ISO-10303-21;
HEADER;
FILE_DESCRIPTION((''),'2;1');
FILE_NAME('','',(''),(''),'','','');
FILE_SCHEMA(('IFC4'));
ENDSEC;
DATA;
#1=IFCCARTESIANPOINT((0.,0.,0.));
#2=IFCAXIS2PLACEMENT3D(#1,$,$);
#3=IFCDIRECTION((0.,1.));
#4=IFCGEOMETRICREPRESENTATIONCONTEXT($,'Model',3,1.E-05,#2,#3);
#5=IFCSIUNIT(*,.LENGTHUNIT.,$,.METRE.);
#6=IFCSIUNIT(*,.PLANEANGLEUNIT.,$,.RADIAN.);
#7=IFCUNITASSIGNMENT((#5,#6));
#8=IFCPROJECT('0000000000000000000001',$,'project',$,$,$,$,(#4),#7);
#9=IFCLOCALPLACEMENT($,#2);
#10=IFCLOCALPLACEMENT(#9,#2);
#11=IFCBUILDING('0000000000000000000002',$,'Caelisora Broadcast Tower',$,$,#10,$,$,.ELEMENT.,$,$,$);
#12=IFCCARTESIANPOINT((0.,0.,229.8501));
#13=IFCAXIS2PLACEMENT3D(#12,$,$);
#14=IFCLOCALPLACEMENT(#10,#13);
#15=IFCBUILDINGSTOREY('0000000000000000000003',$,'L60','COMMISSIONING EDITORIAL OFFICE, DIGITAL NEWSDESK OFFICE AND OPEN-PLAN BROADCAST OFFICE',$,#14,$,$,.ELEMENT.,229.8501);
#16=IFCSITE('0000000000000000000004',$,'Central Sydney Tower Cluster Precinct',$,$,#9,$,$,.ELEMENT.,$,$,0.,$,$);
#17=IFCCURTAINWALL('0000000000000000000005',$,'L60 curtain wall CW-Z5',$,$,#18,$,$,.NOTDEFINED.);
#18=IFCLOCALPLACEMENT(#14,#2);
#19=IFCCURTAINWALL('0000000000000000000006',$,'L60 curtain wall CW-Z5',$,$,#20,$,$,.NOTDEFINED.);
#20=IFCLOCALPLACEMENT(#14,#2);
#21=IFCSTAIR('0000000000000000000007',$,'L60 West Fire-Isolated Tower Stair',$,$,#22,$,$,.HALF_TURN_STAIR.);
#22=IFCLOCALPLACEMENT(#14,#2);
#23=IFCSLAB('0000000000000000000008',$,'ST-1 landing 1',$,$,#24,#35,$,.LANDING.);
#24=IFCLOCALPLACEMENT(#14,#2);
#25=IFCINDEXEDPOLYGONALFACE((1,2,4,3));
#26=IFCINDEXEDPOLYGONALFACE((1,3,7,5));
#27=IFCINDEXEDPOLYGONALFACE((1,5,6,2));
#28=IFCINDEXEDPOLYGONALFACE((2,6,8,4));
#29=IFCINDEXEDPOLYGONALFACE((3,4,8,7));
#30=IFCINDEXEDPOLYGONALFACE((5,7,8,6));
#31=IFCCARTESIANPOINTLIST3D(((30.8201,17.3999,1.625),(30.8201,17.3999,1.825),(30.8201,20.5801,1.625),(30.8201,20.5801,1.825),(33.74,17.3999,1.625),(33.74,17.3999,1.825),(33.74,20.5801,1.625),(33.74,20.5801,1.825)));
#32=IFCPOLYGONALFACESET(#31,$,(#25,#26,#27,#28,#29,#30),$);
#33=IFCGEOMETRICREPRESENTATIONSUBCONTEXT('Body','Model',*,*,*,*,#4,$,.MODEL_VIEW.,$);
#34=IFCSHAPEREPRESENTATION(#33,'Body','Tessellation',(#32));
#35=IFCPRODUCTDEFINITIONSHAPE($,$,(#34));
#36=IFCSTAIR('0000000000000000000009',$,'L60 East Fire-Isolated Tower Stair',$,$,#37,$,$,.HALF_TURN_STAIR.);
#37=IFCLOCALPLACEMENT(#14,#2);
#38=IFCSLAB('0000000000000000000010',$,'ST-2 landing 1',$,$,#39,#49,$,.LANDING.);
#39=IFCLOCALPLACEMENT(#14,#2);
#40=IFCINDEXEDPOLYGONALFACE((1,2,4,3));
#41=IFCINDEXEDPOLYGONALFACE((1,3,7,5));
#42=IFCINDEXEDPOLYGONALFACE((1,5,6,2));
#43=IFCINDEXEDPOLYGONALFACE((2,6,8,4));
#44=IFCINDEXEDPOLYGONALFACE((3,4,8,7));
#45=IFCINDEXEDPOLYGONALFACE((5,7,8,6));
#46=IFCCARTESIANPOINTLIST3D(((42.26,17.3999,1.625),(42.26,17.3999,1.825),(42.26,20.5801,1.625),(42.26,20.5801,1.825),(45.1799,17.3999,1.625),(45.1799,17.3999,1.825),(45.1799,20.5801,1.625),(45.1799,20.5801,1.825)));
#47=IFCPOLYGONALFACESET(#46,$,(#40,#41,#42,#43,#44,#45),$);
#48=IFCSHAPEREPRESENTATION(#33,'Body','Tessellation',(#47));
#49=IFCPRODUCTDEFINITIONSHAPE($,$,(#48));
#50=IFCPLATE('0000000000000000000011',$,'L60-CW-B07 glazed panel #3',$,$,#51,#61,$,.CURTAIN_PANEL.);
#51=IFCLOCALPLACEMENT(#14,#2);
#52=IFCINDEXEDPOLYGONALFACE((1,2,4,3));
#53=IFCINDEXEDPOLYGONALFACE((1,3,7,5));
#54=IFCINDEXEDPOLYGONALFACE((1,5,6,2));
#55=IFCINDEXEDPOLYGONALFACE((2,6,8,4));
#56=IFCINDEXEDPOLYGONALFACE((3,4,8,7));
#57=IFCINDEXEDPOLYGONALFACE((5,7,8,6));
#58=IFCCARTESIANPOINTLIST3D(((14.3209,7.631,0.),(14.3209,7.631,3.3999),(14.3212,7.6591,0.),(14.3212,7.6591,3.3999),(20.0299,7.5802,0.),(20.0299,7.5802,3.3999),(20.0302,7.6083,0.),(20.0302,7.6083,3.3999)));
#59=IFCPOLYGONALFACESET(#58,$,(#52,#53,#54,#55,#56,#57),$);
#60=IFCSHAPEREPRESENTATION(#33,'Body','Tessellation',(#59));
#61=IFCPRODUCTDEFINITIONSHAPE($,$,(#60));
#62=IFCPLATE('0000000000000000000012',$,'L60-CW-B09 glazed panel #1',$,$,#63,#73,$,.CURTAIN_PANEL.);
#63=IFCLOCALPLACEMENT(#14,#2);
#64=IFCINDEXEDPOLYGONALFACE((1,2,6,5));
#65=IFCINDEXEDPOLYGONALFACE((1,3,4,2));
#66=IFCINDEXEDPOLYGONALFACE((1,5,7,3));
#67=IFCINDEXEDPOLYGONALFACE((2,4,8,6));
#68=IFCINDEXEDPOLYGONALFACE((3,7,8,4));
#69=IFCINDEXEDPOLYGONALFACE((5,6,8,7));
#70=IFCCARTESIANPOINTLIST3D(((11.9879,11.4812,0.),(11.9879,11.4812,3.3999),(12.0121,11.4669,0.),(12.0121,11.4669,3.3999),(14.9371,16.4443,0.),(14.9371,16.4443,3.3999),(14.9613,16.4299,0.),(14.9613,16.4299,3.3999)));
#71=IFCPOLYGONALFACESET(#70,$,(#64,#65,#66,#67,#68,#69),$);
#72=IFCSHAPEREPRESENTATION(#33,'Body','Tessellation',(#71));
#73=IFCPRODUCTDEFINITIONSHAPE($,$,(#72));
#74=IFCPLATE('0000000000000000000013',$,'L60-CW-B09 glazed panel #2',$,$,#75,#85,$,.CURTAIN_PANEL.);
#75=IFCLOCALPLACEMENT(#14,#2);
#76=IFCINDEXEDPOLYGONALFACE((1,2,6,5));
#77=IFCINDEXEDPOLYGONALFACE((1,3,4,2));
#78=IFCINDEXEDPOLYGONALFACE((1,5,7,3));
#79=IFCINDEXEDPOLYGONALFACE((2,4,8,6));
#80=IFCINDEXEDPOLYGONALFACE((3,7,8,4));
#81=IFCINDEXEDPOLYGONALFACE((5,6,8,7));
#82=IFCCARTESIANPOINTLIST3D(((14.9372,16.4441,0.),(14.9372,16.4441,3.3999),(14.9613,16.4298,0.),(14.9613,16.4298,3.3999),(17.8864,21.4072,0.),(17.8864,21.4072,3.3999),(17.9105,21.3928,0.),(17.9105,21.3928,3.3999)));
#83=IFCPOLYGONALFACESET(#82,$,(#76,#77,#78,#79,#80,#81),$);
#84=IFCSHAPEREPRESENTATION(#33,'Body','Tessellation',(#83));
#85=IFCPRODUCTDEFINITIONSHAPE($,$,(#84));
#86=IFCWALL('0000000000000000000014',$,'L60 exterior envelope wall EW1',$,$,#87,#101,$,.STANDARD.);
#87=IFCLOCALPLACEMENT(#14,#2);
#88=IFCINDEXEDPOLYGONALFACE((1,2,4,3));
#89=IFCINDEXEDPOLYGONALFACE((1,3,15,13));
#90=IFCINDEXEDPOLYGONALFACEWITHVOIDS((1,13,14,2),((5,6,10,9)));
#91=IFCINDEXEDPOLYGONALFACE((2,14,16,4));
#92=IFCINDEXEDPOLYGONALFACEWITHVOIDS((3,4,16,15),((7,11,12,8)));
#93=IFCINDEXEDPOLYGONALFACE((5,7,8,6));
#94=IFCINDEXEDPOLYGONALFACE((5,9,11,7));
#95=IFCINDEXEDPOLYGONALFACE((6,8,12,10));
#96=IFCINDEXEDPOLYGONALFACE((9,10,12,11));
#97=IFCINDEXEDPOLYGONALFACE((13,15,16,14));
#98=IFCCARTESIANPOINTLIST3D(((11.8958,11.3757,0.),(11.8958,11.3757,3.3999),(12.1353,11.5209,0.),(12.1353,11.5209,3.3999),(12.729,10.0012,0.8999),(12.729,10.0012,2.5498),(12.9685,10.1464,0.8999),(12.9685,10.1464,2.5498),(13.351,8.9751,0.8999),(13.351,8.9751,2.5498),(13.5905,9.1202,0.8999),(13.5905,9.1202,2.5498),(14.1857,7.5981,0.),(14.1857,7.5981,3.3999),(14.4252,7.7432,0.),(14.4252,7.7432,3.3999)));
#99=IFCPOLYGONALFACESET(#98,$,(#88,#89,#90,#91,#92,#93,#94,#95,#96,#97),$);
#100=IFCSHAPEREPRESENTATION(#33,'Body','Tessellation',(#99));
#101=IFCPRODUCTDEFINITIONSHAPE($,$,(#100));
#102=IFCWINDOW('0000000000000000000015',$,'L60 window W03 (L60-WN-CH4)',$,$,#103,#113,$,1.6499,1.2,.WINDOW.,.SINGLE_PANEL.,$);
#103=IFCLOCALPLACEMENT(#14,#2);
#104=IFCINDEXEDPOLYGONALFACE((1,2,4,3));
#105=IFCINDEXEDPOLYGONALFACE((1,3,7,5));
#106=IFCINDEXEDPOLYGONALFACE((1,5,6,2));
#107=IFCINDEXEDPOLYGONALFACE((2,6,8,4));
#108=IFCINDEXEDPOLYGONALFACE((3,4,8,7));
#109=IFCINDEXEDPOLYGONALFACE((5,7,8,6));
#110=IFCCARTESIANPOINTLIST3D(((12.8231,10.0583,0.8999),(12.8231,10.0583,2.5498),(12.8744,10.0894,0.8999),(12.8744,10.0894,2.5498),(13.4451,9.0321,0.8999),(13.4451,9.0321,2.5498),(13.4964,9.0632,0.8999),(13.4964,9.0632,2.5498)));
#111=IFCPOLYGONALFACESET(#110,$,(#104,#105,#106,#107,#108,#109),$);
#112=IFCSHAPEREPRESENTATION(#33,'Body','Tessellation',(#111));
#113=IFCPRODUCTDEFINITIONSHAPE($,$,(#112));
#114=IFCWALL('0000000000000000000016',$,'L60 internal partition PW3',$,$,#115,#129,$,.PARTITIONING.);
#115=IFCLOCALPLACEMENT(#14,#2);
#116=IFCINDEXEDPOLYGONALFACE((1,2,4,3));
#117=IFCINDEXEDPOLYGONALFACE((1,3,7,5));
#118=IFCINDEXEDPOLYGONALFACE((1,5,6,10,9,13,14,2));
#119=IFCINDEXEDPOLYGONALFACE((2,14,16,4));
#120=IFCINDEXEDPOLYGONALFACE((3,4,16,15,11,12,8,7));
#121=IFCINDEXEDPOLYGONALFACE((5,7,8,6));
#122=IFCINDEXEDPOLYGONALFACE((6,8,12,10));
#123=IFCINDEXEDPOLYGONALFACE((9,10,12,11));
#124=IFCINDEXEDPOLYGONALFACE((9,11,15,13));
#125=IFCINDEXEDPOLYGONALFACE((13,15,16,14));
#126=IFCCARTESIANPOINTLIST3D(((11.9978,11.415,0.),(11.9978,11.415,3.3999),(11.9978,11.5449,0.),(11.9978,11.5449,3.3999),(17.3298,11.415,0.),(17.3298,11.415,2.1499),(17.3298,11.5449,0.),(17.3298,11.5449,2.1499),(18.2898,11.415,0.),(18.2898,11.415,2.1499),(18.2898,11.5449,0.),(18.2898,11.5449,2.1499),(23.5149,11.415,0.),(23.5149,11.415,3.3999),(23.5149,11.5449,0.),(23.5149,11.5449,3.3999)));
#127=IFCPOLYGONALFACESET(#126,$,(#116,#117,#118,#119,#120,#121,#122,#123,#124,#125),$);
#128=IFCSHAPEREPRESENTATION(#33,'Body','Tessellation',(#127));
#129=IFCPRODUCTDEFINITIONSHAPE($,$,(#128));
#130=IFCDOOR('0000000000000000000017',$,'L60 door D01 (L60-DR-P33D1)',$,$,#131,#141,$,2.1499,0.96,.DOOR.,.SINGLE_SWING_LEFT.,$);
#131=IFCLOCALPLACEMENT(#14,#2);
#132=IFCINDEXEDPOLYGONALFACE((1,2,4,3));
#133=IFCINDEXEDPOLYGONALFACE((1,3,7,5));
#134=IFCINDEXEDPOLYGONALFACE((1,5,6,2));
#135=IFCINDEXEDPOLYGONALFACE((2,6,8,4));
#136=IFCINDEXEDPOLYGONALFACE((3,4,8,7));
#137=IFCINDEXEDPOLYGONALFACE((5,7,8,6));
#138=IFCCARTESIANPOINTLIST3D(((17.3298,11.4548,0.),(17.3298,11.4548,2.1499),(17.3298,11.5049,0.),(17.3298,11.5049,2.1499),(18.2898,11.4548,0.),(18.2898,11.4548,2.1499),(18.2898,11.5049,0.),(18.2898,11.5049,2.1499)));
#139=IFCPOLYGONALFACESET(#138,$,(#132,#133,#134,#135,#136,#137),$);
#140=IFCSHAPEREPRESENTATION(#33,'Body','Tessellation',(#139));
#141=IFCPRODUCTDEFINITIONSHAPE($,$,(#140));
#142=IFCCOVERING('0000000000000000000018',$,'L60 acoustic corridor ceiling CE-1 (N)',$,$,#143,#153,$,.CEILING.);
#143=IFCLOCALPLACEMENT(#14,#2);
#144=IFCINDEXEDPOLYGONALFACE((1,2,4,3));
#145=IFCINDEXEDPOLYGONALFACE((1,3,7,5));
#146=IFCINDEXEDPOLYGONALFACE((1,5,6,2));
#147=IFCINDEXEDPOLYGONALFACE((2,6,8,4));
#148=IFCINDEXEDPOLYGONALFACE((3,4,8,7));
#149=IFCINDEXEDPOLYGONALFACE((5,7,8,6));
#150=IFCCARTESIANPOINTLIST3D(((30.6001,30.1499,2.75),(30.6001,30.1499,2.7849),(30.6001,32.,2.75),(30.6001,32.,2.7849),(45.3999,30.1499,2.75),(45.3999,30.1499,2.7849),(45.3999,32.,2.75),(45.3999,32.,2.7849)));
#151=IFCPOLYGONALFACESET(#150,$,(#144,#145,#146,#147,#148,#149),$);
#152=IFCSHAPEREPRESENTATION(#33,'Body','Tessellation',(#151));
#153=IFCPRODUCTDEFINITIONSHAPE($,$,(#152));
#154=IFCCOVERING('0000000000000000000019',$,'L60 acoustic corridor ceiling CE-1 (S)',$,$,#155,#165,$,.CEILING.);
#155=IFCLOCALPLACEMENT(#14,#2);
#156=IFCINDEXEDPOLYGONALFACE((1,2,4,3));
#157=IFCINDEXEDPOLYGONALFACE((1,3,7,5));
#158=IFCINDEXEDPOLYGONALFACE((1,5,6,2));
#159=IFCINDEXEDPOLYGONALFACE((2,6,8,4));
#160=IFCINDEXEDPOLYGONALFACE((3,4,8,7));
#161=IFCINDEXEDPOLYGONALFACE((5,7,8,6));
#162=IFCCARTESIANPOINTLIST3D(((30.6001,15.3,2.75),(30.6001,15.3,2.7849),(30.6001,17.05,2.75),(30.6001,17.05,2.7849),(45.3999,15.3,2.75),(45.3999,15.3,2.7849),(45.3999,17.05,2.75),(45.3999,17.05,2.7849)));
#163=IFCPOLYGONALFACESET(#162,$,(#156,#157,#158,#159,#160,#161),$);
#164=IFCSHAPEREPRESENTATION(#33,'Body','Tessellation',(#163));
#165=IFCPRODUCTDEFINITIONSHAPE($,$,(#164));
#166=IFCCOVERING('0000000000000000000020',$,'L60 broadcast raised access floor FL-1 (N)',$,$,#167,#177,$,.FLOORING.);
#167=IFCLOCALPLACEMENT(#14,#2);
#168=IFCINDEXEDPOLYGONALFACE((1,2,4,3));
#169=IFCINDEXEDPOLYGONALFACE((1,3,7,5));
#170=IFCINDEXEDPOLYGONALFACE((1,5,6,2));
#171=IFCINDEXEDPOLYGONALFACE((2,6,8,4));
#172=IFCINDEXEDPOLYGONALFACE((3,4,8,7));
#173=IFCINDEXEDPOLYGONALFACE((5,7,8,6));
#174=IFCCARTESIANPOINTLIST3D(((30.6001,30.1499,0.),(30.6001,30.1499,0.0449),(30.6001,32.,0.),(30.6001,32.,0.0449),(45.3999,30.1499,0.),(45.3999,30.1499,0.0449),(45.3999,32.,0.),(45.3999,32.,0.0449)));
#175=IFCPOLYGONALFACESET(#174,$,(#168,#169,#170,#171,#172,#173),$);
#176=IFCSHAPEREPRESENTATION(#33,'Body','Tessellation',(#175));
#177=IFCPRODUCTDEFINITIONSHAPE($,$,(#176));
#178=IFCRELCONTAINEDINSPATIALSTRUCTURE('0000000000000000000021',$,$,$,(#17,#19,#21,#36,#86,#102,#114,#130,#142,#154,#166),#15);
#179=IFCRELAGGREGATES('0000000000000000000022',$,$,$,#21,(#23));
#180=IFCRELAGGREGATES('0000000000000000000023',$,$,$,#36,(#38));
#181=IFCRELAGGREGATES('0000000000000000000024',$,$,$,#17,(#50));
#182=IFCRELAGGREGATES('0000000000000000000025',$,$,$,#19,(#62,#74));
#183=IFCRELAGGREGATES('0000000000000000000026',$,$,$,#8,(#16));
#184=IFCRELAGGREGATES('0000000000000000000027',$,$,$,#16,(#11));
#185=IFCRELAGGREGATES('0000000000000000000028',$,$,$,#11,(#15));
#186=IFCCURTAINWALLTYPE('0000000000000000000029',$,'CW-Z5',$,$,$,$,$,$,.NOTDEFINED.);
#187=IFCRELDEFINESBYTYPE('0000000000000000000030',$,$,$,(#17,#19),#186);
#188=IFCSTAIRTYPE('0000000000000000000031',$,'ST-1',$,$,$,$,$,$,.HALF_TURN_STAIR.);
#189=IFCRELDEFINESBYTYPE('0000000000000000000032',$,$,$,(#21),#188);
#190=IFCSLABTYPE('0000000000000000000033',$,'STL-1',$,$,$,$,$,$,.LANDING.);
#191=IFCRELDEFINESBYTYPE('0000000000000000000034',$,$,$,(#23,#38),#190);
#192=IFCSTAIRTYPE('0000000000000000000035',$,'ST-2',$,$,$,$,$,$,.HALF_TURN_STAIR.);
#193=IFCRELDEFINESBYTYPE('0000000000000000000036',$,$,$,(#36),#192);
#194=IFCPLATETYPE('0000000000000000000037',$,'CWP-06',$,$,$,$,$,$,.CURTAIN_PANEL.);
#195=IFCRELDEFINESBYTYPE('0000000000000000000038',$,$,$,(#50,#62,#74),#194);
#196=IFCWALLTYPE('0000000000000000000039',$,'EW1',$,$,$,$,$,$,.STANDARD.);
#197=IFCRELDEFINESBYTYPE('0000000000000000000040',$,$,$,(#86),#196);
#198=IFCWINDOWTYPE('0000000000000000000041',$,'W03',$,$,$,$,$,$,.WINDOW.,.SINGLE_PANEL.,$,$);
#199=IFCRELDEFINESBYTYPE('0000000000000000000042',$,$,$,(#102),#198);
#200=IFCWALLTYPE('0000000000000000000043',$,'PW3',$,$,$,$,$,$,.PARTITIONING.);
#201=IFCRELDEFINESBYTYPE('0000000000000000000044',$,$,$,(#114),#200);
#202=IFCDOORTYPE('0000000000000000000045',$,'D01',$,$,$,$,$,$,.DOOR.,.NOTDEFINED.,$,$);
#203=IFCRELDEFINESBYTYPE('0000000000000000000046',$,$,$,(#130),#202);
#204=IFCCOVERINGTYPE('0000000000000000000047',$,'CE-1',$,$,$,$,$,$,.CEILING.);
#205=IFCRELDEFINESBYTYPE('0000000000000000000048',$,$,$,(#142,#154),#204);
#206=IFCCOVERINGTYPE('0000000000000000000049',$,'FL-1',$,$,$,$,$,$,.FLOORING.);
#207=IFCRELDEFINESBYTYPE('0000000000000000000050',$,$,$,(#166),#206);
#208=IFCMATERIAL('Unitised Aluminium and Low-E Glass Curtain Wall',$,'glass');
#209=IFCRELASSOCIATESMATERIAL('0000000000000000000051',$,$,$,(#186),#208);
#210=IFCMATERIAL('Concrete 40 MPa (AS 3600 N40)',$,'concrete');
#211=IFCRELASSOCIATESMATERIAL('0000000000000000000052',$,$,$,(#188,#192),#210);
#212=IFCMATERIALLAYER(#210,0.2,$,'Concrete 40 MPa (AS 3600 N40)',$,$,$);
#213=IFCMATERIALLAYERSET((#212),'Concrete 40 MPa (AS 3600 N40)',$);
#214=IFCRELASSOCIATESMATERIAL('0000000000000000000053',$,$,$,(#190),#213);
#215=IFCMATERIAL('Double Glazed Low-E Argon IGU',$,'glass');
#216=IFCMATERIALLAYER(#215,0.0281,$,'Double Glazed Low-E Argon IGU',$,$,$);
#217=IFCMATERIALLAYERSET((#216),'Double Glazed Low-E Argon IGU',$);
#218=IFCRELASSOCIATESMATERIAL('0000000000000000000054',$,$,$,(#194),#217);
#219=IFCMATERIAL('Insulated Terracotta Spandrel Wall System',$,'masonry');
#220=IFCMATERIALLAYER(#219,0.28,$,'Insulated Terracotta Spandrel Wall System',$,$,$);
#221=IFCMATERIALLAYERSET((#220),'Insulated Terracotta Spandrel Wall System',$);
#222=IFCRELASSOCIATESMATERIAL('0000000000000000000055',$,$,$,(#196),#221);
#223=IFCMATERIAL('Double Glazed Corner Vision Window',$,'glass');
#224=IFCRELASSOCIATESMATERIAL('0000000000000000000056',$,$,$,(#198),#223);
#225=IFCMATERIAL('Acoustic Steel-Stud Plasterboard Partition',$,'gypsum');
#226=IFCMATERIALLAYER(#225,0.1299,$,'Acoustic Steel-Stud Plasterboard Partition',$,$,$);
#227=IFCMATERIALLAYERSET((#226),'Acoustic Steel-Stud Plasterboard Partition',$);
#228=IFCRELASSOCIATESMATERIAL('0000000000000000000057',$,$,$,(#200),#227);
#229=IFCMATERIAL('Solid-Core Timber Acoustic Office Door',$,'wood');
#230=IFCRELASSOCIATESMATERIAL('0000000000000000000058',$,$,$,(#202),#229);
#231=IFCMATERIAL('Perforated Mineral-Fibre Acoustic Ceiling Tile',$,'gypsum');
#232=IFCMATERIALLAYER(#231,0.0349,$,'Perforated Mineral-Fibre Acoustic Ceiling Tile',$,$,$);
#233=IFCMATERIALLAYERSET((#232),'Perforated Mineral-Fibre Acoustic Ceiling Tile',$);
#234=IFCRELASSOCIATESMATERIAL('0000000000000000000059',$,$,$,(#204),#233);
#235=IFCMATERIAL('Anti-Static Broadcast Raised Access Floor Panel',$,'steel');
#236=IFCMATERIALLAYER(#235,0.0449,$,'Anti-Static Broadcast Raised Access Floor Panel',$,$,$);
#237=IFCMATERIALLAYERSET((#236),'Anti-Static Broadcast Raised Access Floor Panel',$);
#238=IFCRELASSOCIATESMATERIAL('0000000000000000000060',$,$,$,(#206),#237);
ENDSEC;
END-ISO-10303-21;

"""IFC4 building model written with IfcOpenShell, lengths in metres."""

from ifc_helpers import new_model, si_unit, direction, frame, frame_2d, origin, origin_2d, place, context, subcontext, project, spatial, polyline, rectangle, outline, extrude, source, transform, mapped, material, layer, layer_set, type_object, type_shapes, element, fill, aggregate, save


model = new_model("IFC4")

# Units and contexts
model_context = context("Model", 3, precision=1e-05, world=origin(), true_north=direction((0.0, 1.0)))
body_context = subcontext(model_context, "Body", "Model", "MODEL_VIEW")
ifc_project = project(units=[si_unit("LENGTHUNIT", "METRE"), si_unit("PLANEANGLEUNIT", "RADIAN")], contexts=[model_context])

# Site, building, storey
site_placement = place(None, origin())
site = spatial("IfcSite", under=ifc_project, at=site_placement, Name="Central Sydney Tower Cluster Precinct", CompositionType="ELEMENT", RefElevation=0.0)
building_placement = place(site_placement, origin())
building = spatial("IfcBuilding", under=site, at=building_placement, Name="Caelisora Broadcast Tower", CompositionType="ELEMENT")
storey_placement = place(building_placement, frame((0.0, 0.0, 229.8501)))
storey = spatial("IfcBuildingStorey", under=building, at=storey_placement, Name="L60", Description="COMMISSIONING EDITORIAL OFFICE, DIGITAL NEWSDESK OFFICE AND OPEN-PLAN BROADCAST OFFICE", CompositionType="ELEMENT", Elevation=229.8501)

# Curtain wall
ifc_material_1 = material(Name="Unitised Aluminium and Low-E Glass Curtain Wall", Category="glass")
curtain_wall_type = type_object("IfcCurtainWallType", Name="CW-Z5", PredefinedType="NOTDEFINED", material=ifc_material_1)
curtain_wall_1_placement = place(storey_placement, origin())
curtain_wall_1 = element("IfcCurtainWall", 1, at=curtain_wall_1_placement, inside=storey, type_object=curtain_wall_type, Name="L60 curtain wall CW-Z5", PredefinedType="NOTDEFINED")

# Curtain wall
curtain_wall_2_placement = place(storey_placement, origin())
curtain_wall_2 = element("IfcCurtainWall", 2, at=curtain_wall_2_placement, inside=storey, type_object=curtain_wall_type, Name="L60 curtain wall CW-Z5", PredefinedType="NOTDEFINED")

# Shared definitions
ifc_material_2 = material(Name="Concrete 40 MPa (AS 3600 N40)", Category="concrete")

# Stairs, slabs
stair_type_1 = type_object("IfcStairType", Name="ST-1", PredefinedType="HALF_TURN_STAIR", material=ifc_material_2)
stair_1_placement = place(storey_placement, origin())
stair_1 = element("IfcStair", 3, at=stair_1_placement, inside=storey, type_object=stair_type_1, Name="L60 West Fire-Isolated Tower Stair", PredefinedType="HALF_TURN_STAIR")
ifc_layer_1 = layer(ifc_material_2, 0.2, Name="Concrete 40 MPa (AS 3600 N40)")
ifc_layer_set_1 = layer_set([ifc_layer_1], Name="Concrete 40 MPa (AS 3600 N40)")
slab_type_1 = type_object("IfcSlabType", Name="STL-1", PredefinedType="LANDING", material=ifc_layer_set_1)
slab_1_placement = place(storey_placement, frame((0.0, 0.0, 1.625)))
slab_1 = element("IfcSlab", 4, at=slab_1_placement, type_object=slab_type_1, Name="ST-1 landing 1", PredefinedType="LANDING", context=body_context, shape_type="SweptSolid", body=[
    extrude(outline(polyline([(30.8201, 20.5801), (30.8201, 17.3999), (33.74, 17.3999), (33.74, 20.5801), (30.8201, 20.5801)])), origin(), (0.0, 0.0, 1.0), 0.2),
])
aggregate(stair_1, [slab_1])
stair_type_2 = type_object("IfcStairType", Name="ST-2", PredefinedType="HALF_TURN_STAIR", material=ifc_material_2)
stair_2_placement = place(storey_placement, origin())
stair_2 = element("IfcStair", 5, at=stair_2_placement, inside=storey, type_object=stair_type_2, Name="L60 East Fire-Isolated Tower Stair", PredefinedType="HALF_TURN_STAIR")
slab_2_placement = place(storey_placement, frame((0.0, 0.0, 1.625)))
slab_2 = element("IfcSlab", 6, at=slab_2_placement, type_object=slab_type_1, Name="ST-2 landing 1", PredefinedType="LANDING", context=body_context, shape_type="SweptSolid", body=[
    extrude(outline(polyline([(42.26, 20.5801), (42.26, 17.3999), (45.1799, 17.3999), (45.1799, 20.5801), (42.26, 20.5801)])), origin(), (0.0, 0.0, 1.0), 0.2),
])
aggregate(stair_2, [slab_2])

# Plates
ifc_material_3 = material(Name="Double Glazed Low-E Argon IGU", Category="glass")
ifc_layer_2 = layer(ifc_material_3, 0.0281, Name="Double Glazed Low-E Argon IGU")
ifc_layer_set_2 = layer_set([ifc_layer_2], Name="Double Glazed Low-E Argon IGU")
plate_type = type_object("IfcPlateType", Name="CWP-06", PredefinedType="CURTAIN_PANEL", material=ifc_layer_set_2)
shared_shape_1 = source(origin(), body_context, "Body", "SweptSolid", [
    extrude(rectangle(XDim=5.7092, YDim=0.0281, at=origin_2d()), origin(), (0.0, 0.0, 1.0), 3.3999),
])
plate_1_placement = place(storey_placement, frame((17.1755, 7.6196, 0.0), z_axis=(0.0, 0.0, 1.0), x_axis=(-0.99996, 0.008901, 0.0)))
plate_1 = element("IfcPlate", 7, at=plate_1_placement, type_object=plate_type, Name="L60-CW-B07 glazed panel #3", PredefinedType="CURTAIN_PANEL", context=body_context, shape_type="MappedRepresentation", body=[
    mapped(shared_shape_1, transform((0.0, 0.0, 0.0), scale=1.0)),
])
aggregate(curtain_wall_1, [plate_1])
shared_shape_2 = source(origin(), body_context, "Body", "SweptSolid", [
    extrude(rectangle(XDim=5.7732, YDim=0.0281, at=origin_2d()), origin(), (0.0, 0.0, 1.0), 3.3999),
])
type_shapes(plate_type, [shared_shape_1, shared_shape_2])
plate_2_placement = place(storey_placement, frame((13.4746, 13.9556, 0.0), z_axis=(0.0, 0.0, 1.0), x_axis=(0.510843, 0.859674, 0.0)))
plate_2 = element("IfcPlate", 8, at=plate_2_placement, type_object=plate_type, Name="L60-CW-B09 glazed panel #1", PredefinedType="CURTAIN_PANEL", context=body_context, shape_type="MappedRepresentation", body=[
    mapped(shared_shape_2, transform((0.0, 0.0, 0.0), scale=1.0)),
])
plate_3_placement = place(storey_placement, frame((16.4238, 18.9185, 0.0), z_axis=(0.0, 0.0, 1.0), x_axis=(0.510843, 0.859674, 0.0)))
plate_3 = element("IfcPlate", 9, at=plate_3_placement, type_object=plate_type, Name="L60-CW-B09 glazed panel #2", PredefinedType="CURTAIN_PANEL", context=body_context, shape_type="MappedRepresentation", body=[
    mapped(shared_shape_2, transform((0.0, 0.0, 0.0), scale=1.0)),
])
aggregate(curtain_wall_2, [plate_2, plate_3])

# Wall, opening, window
ifc_material_4 = material(Name="Insulated Terracotta Spandrel Wall System", Category="masonry")
ifc_layer_3 = layer(ifc_material_4, 0.28, Name="Insulated Terracotta Spandrel Wall System")
ifc_layer_set_3 = layer_set([ifc_layer_3], Name="Insulated Terracotta Spandrel Wall System")
wall_type_1 = type_object("IfcWallType", Name="EW1", PredefinedType="STANDARD", material=ifc_layer_set_3)
wall_1_placement = place(storey_placement, frame((14.3054, 7.6707, 0.0), z_axis=(0.0, 0.0, 1.0), x_axis=(-0.518359, 0.855163, 0.0)))
wall_1 = element("IfcWall", 10, at=wall_1_placement, inside=storey, type_object=wall_type_1, Name="L60 exterior envelope wall EW1", PredefinedType="STANDARD", context=body_context, shape_type="SweptSolid", body=[
    extrude(rectangle(XDim=4.4175, YDim=0.28, at=frame_2d((2.2087, 0.0))), origin(), (0.0, 0.0, 1.0), 3.3999),
])
opening_1_placement = place(wall_1_placement, frame((1.6101, 0.0, 0.8999)))
opening_1 = element("IfcOpeningElement", 11, at=opening_1_placement, cuts=wall_1, PredefinedType="OPENING", context=body_context, shape_type="SweptSolid", body=[
    extrude(rectangle(XDim=1.2, YDim=1.6499, at=frame_2d((0.6001, 0.825))), frame((0.0, 0.1521, 0.0), z_axis=(0.0, -1.0, 0.0), x_axis=(1.0, 0.0, 0.0)), (0.0, 0.0, 1.0), 0.304),
])
ifc_material_5 = material(Name="Double Glazed Corner Vision Window", Category="glass")
window_type = type_object("IfcWindowType", Name="W03", PartitioningType="SINGLE_PANEL", PredefinedType="WINDOW", material=ifc_material_5)
window_placement = place(opening_1_placement, origin())
window = element("IfcWindow", 12, at=window_placement, inside=storey, type_object=window_type, Name="L60 window W03 (L60-WN-CH4)", OverallHeight=1.6499, OverallWidth=1.2, PartitioningType="SINGLE_PANEL", PredefinedType="WINDOW", context=body_context, shape_type="SweptSolid", body=[
    extrude(rectangle(XDim=1.2, YDim=1.6499, at=frame_2d((0.6001, 0.825))), frame((0.0, 0.03, 0.0), z_axis=(0.0, -1.0, 0.0), x_axis=(1.0, 0.0, 0.0)), (0.0, 0.0, 1.0), 0.0601),
])
fill(opening_1, window)

# Wall, opening, door
ifc_material_6 = material(Name="Acoustic Steel-Stud Plasterboard Partition", Category="gypsum")
ifc_layer_4 = layer(ifc_material_6, 0.1299, Name="Acoustic Steel-Stud Plasterboard Partition")
ifc_layer_set_4 = layer_set([ifc_layer_4], Name="Acoustic Steel-Stud Plasterboard Partition")
wall_type_2 = type_object("IfcWallType", Name="PW3", PredefinedType="PARTITIONING", material=ifc_layer_set_4)
wall_2_placement = place(storey_placement, frame((11.9978, 11.48, 0.0), z_axis=(0.0, 0.0, 1.0), x_axis=(1.0, 0.0, 0.0)))
wall_2 = element("IfcWall", 13, at=wall_2_placement, inside=storey, type_object=wall_type_2, Name="L60 internal partition PW3", PredefinedType="PARTITIONING", context=body_context, shape_type="SweptSolid", body=[
    extrude(rectangle(XDim=11.5171, YDim=0.1299, at=frame_2d((5.7585, 0.0))), origin(), (0.0, 0.0, 1.0), 3.3999),
])
opening_2_placement = place(wall_2_placement, frame((5.332, 0.0, 0.0)))
opening_2 = element("IfcOpeningElement", 14, at=opening_2_placement, cuts=wall_2, PredefinedType="OPENING", context=body_context, shape_type="SweptSolid", body=[
    extrude(rectangle(XDim=0.96, YDim=2.1499, at=frame_2d((0.48, 1.075))), frame((0.0, 0.0769, 0.0), z_axis=(0.0, -1.0, 0.0), x_axis=(1.0, 0.0, 0.0)), (0.0, 0.0, 1.0), 0.1538),
])
ifc_material_7 = material(Name="Solid-Core Timber Acoustic Office Door", Category="wood")
door_type = type_object("IfcDoorType", Name="D01", OperationType="NOTDEFINED", PredefinedType="DOOR", material=ifc_material_7)
door_placement = place(opening_2_placement, origin())
door = element("IfcDoor", 15, at=door_placement, inside=storey, type_object=door_type, Name="L60 door D01 (L60-DR-P33D1)", OperationType="SINGLE_SWING_LEFT", OverallHeight=2.1499, OverallWidth=0.96, PredefinedType="DOOR", context=body_context, shape_type="SweptSolid", body=[
    extrude(rectangle(XDim=0.96, YDim=2.1499, at=frame_2d((0.48, 1.075))), frame((0.0, 0.0249, 0.0), z_axis=(0.0, -1.0, 0.0), x_axis=(1.0, 0.0, 0.0)), (0.0, 0.0, 1.0), 0.05),
])
fill(opening_2, door)

# Coverings
ifc_material_8 = material(Name="Perforated Mineral-Fibre Acoustic Ceiling Tile", Category="gypsum")
ifc_layer_5 = layer(ifc_material_8, 0.0349, Name="Perforated Mineral-Fibre Acoustic Ceiling Tile")
ifc_layer_set_5 = layer_set([ifc_layer_5], Name="Perforated Mineral-Fibre Acoustic Ceiling Tile")
covering_type_1 = type_object("IfcCoveringType", Name="CE-1", PredefinedType="CEILING", material=ifc_layer_set_5)
covering_1_placement = place(storey_placement, frame((0.0, 0.0, 2.75)))
element("IfcCovering", 16, at=covering_1_placement, inside=storey, type_object=covering_type_1, Name="L60 acoustic corridor ceiling CE-1 (N)", PredefinedType="CEILING", context=body_context, shape_type="SweptSolid", body=[
    extrude(outline(polyline([(30.6001, 30.1499), (45.3999, 30.1499), (45.3999, 32.0), (30.6001, 32.0), (30.6001, 30.1499)])), origin(), (0.0, 0.0, 1.0), 0.0349),
])
covering_2_placement = place(storey_placement, frame((0.0, 0.0, 2.75)))
element("IfcCovering", 17, at=covering_2_placement, inside=storey, type_object=covering_type_1, Name="L60 acoustic corridor ceiling CE-1 (S)", PredefinedType="CEILING", context=body_context, shape_type="SweptSolid", body=[
    extrude(outline(polyline([(30.6001, 15.3), (45.3999, 15.3), (45.3999, 17.05), (30.6001, 17.05), (30.6001, 15.3)])), origin(), (0.0, 0.0, 1.0), 0.0349),
])
ifc_material_9 = material(Name="Anti-Static Broadcast Raised Access Floor Panel", Category="steel")
ifc_layer_6 = layer(ifc_material_9, 0.0449, Name="Anti-Static Broadcast Raised Access Floor Panel")
ifc_layer_set_6 = layer_set([ifc_layer_6], Name="Anti-Static Broadcast Raised Access Floor Panel")
covering_type_2 = type_object("IfcCoveringType", Name="FL-1", PredefinedType="FLOORING", material=ifc_layer_set_6)
covering_3_placement = place(storey_placement, origin())
element("IfcCovering", 18, at=covering_3_placement, inside=storey, type_object=covering_type_2, Name="L60 broadcast raised access floor FL-1 (N)", PredefinedType="FLOORING", context=body_context, shape_type="SweptSolid", body=[
    extrude(outline(polyline([(30.6001, 30.1499), (45.3999, 30.1499), (45.3999, 32.0), (30.6001, 32.0), (30.6001, 30.1499)])), origin(), (0.0, 0.0, 1.0), 0.0449),
])

save(model, "model.ifc")
